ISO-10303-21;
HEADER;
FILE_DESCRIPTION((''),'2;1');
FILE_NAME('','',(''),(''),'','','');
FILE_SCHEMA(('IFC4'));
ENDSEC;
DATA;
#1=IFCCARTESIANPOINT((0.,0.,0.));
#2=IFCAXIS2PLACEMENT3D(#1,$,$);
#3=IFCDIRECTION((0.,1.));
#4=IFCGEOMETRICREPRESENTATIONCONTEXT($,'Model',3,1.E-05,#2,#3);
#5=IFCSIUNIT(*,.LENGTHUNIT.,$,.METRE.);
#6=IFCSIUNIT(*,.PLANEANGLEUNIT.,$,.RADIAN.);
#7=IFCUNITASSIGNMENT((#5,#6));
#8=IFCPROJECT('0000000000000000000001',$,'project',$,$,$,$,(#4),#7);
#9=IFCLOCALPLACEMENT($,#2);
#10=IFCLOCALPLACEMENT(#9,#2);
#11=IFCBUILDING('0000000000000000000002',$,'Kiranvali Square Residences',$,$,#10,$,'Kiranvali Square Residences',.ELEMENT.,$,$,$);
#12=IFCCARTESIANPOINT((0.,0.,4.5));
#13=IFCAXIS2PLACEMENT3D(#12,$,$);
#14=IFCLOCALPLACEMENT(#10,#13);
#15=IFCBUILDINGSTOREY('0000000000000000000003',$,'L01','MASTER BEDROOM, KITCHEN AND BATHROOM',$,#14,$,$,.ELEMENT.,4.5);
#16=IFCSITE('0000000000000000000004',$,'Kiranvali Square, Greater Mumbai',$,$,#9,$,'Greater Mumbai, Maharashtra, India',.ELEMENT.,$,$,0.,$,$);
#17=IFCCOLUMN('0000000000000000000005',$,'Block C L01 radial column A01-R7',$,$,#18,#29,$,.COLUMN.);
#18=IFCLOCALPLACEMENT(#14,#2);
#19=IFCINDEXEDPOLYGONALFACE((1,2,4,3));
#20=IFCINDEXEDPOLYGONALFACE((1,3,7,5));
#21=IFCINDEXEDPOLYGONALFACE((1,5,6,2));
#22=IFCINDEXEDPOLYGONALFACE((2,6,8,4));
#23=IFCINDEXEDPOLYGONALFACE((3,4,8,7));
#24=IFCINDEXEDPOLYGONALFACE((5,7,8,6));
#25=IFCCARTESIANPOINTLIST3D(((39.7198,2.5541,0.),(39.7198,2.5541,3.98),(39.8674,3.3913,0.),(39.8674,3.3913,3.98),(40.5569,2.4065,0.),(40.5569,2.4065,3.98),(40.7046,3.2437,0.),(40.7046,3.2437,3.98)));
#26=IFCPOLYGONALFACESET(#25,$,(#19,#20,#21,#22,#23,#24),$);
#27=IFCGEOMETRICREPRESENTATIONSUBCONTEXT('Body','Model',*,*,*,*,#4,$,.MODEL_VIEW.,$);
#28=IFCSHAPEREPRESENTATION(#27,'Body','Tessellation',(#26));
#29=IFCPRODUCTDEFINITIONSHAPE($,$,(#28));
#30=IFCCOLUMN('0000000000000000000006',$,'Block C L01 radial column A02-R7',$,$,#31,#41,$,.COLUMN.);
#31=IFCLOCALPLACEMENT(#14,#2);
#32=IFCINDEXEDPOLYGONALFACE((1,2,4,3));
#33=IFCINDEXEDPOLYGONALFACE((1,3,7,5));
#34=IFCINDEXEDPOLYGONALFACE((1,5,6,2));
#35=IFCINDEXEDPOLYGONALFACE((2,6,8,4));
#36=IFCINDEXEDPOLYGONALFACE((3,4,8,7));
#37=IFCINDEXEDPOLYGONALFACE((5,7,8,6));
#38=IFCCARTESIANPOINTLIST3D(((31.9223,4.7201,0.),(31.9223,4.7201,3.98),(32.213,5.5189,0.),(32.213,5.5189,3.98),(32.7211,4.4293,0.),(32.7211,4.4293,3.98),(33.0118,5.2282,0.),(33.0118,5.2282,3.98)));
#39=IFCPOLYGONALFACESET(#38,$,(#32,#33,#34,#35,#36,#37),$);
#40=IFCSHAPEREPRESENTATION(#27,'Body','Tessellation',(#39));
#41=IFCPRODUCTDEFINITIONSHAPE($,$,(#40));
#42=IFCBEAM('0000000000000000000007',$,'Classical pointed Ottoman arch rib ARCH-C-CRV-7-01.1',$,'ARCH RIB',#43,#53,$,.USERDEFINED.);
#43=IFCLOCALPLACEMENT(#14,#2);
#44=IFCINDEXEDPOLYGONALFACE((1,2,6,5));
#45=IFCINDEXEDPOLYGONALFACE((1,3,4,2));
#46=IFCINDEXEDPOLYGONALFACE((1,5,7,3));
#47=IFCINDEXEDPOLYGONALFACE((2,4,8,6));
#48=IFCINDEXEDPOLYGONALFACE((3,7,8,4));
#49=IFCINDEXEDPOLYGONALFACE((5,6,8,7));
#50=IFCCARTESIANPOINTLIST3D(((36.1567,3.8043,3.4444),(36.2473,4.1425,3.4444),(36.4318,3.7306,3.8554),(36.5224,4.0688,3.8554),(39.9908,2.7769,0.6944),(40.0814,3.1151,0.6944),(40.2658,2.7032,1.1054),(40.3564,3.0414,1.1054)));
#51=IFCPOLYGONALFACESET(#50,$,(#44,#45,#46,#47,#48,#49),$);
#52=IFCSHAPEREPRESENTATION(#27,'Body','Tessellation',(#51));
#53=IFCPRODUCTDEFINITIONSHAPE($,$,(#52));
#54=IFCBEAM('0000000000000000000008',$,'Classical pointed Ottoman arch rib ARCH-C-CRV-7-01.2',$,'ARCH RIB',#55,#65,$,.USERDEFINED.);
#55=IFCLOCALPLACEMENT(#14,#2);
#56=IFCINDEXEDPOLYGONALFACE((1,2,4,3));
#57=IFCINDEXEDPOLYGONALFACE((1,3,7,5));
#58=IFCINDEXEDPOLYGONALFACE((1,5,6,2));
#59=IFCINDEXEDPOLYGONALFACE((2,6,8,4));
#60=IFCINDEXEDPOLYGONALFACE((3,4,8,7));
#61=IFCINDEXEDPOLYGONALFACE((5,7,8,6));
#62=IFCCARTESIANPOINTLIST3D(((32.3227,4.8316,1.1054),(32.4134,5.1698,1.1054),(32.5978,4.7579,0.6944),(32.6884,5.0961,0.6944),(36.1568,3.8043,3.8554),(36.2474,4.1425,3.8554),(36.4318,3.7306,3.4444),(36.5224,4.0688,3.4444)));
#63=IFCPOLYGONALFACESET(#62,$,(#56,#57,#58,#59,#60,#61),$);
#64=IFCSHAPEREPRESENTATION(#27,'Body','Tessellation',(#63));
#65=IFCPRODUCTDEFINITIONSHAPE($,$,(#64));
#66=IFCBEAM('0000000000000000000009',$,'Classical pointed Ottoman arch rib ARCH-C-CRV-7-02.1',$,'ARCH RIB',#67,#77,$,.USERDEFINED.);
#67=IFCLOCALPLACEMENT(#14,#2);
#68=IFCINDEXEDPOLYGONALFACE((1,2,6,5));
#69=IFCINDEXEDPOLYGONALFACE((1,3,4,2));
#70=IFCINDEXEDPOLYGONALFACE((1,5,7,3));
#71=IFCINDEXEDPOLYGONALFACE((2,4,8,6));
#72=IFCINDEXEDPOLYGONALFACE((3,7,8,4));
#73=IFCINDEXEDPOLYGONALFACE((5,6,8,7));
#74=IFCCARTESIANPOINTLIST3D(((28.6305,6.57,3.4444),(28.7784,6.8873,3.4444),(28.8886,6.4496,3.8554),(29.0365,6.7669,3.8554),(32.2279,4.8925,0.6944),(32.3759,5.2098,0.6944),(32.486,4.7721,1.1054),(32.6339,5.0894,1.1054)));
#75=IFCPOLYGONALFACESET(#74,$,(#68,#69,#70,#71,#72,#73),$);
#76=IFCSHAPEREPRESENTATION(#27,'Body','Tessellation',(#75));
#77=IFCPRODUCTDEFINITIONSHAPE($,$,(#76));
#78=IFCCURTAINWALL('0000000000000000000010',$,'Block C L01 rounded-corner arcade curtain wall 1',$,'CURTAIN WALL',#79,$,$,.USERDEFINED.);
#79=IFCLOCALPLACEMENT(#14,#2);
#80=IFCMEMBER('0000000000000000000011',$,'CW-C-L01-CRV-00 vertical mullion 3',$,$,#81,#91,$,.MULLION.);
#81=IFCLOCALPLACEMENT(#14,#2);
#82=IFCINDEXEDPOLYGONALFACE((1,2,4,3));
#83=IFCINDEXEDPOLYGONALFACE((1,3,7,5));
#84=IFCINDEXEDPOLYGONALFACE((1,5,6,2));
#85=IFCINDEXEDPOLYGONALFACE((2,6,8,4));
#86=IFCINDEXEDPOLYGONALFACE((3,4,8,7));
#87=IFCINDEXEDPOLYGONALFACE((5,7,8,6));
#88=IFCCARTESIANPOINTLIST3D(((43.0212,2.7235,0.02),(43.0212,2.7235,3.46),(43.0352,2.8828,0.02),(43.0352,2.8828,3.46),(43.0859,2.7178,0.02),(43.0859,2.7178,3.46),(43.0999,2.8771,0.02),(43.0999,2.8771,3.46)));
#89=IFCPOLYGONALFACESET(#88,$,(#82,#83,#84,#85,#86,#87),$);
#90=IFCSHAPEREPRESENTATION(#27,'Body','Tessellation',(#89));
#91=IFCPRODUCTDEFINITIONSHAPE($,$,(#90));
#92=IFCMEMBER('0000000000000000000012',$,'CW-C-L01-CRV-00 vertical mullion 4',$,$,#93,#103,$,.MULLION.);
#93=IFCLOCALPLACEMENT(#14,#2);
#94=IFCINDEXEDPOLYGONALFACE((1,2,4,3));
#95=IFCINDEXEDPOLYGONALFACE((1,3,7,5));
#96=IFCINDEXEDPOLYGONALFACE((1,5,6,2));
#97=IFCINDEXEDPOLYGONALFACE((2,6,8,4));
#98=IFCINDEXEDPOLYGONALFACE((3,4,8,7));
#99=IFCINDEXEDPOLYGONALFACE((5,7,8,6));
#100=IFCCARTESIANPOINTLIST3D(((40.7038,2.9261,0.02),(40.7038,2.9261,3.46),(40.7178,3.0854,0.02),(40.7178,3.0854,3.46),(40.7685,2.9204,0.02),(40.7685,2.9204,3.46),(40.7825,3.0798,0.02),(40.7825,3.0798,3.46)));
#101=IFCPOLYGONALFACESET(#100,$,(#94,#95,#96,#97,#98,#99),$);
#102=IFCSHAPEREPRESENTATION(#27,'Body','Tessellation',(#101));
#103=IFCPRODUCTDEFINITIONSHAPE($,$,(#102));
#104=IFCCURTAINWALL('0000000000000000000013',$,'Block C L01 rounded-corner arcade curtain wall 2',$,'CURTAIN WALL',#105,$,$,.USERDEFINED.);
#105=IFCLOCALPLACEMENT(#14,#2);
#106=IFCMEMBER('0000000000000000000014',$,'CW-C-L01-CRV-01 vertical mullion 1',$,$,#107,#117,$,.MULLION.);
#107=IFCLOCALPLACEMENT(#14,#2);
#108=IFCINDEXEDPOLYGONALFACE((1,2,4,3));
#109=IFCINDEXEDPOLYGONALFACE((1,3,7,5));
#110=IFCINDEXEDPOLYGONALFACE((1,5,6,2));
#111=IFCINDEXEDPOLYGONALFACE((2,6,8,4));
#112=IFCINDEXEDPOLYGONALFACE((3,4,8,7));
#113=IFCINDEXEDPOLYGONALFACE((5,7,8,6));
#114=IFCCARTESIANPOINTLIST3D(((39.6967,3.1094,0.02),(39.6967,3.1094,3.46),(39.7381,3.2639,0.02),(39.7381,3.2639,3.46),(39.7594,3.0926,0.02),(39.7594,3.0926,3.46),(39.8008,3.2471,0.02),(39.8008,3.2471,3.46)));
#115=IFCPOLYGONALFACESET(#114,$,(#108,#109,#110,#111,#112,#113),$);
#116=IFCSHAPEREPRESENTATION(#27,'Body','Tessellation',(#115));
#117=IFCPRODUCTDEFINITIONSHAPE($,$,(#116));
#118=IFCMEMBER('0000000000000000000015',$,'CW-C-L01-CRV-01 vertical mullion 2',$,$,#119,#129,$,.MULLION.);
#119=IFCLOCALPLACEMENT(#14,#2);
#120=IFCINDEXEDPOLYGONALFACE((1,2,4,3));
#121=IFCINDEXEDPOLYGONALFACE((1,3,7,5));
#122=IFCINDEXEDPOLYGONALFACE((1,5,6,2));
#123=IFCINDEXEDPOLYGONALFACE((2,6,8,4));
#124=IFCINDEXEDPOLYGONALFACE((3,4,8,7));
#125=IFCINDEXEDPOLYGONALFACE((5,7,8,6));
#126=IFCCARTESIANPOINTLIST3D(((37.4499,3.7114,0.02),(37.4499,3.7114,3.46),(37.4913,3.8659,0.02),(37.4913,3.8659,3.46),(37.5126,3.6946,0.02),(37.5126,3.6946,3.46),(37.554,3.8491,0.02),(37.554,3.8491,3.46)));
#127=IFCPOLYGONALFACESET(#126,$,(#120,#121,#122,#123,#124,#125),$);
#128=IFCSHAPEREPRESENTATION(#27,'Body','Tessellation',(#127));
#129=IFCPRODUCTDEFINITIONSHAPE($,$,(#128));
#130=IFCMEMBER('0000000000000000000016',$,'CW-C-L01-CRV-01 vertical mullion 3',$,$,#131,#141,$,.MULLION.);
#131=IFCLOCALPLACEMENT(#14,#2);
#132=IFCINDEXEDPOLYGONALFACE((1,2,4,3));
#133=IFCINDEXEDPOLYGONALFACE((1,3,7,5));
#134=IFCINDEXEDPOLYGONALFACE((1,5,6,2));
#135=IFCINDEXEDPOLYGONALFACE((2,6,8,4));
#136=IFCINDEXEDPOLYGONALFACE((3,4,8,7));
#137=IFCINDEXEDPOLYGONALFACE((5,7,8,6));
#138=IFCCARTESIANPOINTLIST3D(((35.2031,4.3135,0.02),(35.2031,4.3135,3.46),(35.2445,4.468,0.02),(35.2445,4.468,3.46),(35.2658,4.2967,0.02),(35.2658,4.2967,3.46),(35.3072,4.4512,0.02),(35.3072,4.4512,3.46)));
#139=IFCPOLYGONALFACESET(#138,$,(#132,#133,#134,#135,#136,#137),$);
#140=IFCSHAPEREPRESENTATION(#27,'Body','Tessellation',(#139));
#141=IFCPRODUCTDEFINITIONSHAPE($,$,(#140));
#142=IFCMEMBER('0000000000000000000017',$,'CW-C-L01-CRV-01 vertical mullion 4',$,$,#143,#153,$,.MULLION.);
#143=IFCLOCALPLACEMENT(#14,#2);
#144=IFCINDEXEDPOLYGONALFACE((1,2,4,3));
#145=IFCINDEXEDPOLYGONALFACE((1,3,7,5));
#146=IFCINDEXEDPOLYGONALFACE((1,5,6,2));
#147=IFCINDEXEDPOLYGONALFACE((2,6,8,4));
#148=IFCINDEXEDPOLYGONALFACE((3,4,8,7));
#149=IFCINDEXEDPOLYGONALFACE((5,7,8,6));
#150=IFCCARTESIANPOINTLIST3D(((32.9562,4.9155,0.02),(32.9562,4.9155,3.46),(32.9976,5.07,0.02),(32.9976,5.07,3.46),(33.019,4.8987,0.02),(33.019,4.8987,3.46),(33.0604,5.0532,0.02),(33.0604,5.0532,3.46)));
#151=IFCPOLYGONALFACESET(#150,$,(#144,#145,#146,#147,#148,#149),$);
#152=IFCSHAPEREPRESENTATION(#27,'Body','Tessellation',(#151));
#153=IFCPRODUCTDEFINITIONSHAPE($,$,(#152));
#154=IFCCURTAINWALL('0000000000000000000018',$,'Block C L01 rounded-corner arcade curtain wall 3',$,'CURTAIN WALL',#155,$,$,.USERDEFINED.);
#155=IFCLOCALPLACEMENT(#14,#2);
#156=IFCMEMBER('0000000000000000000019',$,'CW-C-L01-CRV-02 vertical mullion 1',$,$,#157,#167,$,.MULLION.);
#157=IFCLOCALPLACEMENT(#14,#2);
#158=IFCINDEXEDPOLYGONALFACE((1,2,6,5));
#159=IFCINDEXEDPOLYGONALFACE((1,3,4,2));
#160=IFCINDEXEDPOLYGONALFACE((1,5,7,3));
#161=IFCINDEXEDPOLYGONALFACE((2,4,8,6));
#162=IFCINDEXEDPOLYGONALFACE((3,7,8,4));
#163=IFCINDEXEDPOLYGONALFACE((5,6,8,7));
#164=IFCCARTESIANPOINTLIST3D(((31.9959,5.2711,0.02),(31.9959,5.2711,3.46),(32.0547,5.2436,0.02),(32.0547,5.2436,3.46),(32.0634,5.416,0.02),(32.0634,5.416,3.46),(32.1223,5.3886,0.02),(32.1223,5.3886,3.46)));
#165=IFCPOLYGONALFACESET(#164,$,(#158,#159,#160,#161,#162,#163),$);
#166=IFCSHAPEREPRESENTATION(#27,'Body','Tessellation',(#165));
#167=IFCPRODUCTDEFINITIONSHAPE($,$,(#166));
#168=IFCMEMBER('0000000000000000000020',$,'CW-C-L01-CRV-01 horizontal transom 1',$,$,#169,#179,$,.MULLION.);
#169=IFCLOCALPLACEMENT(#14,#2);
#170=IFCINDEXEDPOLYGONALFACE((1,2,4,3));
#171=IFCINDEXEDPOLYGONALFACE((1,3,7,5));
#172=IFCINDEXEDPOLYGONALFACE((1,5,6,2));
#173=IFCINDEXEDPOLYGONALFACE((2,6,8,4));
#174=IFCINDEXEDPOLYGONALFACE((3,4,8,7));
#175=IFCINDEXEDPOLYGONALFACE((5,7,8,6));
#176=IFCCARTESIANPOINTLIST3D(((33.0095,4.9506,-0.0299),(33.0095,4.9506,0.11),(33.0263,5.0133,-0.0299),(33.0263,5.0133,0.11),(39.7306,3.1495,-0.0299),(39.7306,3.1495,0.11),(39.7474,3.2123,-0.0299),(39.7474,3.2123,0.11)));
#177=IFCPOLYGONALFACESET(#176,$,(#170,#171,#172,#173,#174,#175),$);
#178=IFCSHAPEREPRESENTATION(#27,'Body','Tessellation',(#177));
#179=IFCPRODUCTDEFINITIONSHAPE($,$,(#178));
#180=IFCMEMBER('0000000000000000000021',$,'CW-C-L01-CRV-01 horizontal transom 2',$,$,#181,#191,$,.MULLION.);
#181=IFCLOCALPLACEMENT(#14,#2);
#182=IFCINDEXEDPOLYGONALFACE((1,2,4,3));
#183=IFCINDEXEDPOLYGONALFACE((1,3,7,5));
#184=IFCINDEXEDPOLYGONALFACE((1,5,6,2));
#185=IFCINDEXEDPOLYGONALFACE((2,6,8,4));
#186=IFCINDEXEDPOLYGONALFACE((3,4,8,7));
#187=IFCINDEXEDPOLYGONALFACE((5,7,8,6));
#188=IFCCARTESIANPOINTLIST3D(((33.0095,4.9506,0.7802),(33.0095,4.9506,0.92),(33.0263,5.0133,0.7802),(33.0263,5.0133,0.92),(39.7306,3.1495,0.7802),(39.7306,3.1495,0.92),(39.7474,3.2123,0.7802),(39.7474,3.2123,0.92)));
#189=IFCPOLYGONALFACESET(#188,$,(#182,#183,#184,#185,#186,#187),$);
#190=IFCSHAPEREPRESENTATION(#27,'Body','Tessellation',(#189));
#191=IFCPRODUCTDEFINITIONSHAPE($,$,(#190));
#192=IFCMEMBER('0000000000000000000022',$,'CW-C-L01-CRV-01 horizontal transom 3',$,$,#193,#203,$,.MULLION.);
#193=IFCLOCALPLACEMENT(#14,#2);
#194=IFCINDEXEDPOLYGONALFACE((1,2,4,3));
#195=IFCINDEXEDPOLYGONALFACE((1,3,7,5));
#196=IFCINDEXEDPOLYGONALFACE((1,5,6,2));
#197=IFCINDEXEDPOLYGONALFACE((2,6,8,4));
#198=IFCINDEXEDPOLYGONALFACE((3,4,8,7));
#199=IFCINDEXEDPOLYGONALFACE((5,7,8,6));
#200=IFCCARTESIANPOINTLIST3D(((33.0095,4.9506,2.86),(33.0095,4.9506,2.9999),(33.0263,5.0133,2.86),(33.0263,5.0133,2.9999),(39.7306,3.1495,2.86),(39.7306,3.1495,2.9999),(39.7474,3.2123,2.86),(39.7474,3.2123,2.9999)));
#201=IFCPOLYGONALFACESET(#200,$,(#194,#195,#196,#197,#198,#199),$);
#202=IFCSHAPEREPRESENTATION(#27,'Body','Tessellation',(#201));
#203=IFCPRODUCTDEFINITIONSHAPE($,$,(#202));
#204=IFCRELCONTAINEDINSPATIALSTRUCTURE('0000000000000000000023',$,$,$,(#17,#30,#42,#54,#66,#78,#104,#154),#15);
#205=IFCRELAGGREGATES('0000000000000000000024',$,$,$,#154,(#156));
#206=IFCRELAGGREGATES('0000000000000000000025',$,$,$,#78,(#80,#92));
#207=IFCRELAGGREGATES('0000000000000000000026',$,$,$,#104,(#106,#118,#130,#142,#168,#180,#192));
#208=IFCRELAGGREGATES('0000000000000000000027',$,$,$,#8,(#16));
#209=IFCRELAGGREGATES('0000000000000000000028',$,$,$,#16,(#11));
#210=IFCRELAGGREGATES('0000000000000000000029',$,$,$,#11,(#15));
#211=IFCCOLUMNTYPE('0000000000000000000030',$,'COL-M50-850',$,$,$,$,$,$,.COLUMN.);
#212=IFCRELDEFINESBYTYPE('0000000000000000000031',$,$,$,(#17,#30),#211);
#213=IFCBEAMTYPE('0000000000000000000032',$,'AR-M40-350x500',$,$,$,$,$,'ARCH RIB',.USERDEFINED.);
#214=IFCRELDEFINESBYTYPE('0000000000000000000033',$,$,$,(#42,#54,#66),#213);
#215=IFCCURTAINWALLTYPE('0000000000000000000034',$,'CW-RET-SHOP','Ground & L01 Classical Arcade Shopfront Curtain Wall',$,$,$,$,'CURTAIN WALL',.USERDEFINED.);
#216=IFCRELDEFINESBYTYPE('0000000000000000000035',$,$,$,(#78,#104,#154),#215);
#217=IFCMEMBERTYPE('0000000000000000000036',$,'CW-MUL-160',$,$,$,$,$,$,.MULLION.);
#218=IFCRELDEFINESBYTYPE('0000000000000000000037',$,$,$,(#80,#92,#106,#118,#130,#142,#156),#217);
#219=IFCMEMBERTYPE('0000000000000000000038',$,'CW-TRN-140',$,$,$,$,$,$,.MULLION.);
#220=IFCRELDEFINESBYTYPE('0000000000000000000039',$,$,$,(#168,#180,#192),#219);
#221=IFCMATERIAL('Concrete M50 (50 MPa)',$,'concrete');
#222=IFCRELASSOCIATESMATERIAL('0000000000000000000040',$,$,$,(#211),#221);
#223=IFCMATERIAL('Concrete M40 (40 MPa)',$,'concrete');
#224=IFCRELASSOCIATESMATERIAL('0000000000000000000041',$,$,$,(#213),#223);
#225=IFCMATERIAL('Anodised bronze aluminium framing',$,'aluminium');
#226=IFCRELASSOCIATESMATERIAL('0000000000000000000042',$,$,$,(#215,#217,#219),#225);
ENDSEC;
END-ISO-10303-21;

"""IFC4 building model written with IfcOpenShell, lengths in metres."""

from ifc_helpers import new_model, si_unit, direction, frame, origin, origin_2d, place, context, subcontext, project, spatial, rectangle, extrude, material, material_profile, profile_set, type_object, element, aggregate, save


model = new_model("IFC4")

# Units and contexts
model_context = context("Model", 3, precision=1e-05, world=origin(), true_north=direction((0.0, 1.0)))
body_context = subcontext(model_context, "Body", "Model", "MODEL_VIEW")
ifc_project = project(units=[si_unit("LENGTHUNIT", "METRE"), si_unit("PLANEANGLEUNIT", "RADIAN")], contexts=[model_context])

# Site, building, storey
site_placement = place(None, origin())
site = spatial("IfcSite", under=ifc_project, at=site_placement, Name="Kiranvali Square, Greater Mumbai", LongName="Greater Mumbai, Maharashtra, India", CompositionType="ELEMENT", RefElevation=0.0)
building_placement = place(site_placement, origin())
building = spatial("IfcBuilding", under=site, at=building_placement, Name="Kiranvali Square Residences", LongName="Kiranvali Square Residences", CompositionType="ELEMENT")
storey_placement = place(building_placement, frame((0.0, 0.0, 4.5)))
storey = spatial("IfcBuildingStorey", under=building, at=storey_placement, Name="L01", Description="MASTER BEDROOM, KITCHEN AND BATHROOM", CompositionType="ELEMENT", Elevation=4.5)

# Columns
ifc_material_1 = material(Name="Concrete M50 (50 MPa)", Category="concrete")
ifc_material_profile_1 = material_profile(ifc_material_1, rectangle(XDim=0.8501, YDim=0.8501, at=origin_2d()), Name="RC 850x850")
ifc_profile_set_1 = profile_set([ifc_material_profile_1], Name="Concrete M50 (50 MPa)")
column_type = type_object("IfcColumnType", Name="COL-M50-850", PredefinedType="COLUMN", material=ifc_profile_set_1)
for number, where, z_axis, x_axis, name in (
    (1, (40.2122, 2.8989, 0.0), (0.0, 0.0, 1.0), (-0.984808, 0.173648, 0.0), "Block C L01 radial column A01-R7"),
    (2, (32.467, 4.9741, 0.0), (0.0, 0.0, 1.0), (-0.939693, 0.34202, 0.0), "Block C L01 radial column A02-R7"),
):
    element("IfcColumn", number, at=place(storey_placement, frame(where, z_axis=z_axis, x_axis=x_axis)), inside=storey, type_object=column_type, Name=name, PredefinedType="COLUMN", context=body_context, shape_type="SweptSolid", body=[
        extrude(rectangle(XDim=0.8501, YDim=0.8501, at=origin_2d()), origin(), (0.0, 0.0, 1.0), 3.98),
    ])

# Beams
ifc_material_2 = material(Name="Concrete M40 (40 MPa)", Category="concrete")
ifc_material_profile_2 = material_profile(ifc_material_2, rectangle(XDim=0.3501, YDim=0.5, at=origin_2d()), Name="RC 350x500")
ifc_profile_set_2 = profile_set([ifc_material_profile_2], Name="Concrete M40 (40 MPa)")
beam_type_1 = type_object("IfcBeamType", Name="AR-M40-350x500", ElementType="ARCH RIB", PredefinedType="USERDEFINED", material=ifc_profile_set_2)
for number, where, z_axis, x_axis, name in (
    (3, (40.1736, 2.9092, 0.8999), (-0.793982, 0.212753, 0.569499), (-0.258826, -0.965924, 0.0), "Classical pointed Ottoman arch rib ARCH-C-CRV-7-01.1"),
    (4, (36.3396, 3.9365, 3.6499), (-0.793982, 0.212753, -0.569499), (-0.258826, -0.965924, 0.0), "Classical pointed Ottoman arch rib ARCH-C-CRV-7-01.2"),
    (5, (32.4309, 4.991, 0.8999), (-0.744982, 0.347389, 0.569493), (-0.422616, -0.906309, 0.0), "Classical pointed Ottoman arch rib ARCH-C-CRV-7-02.1"),
):
    element("IfcBeam", number, at=place(storey_placement, frame(where, z_axis=z_axis, x_axis=x_axis)), inside=storey, type_object=beam_type_1, Name=name, ObjectType="ARCH RIB", PredefinedType="USERDEFINED", context=body_context, shape_type="SweptSolid", body=[
        extrude(rectangle(XDim=0.3501, YDim=0.5, at=origin_2d()), origin(), (0.0, 0.0, 1.0), 4.8289),
    ])

# Curtain walls, members
ifc_material_3 = material(Name="Anodised bronze aluminium framing", Category="aluminium")
curtain_wall_type = type_object("IfcCurtainWallType", Name="CW-RET-SHOP", Description="Ground & L01 Classical Arcade Shopfront Curtain Wall", ElementType="CURTAIN WALL", PredefinedType="USERDEFINED", material=ifc_material_3)
curtain_wall_1_placement = place(storey_placement, origin())
curtain_wall_1 = element("IfcCurtainWall", 6, at=curtain_wall_1_placement, inside=storey, type_object=curtain_wall_type, Name="Block C L01 rounded-corner arcade curtain wall 1", ObjectType="CURTAIN WALL", PredefinedType="USERDEFINED")
ifc_material_profile_3 = material_profile(ifc_material_3, rectangle(XDim=0.0649, YDim=0.1599, at=origin_2d()), Name="ALU 65x160")
ifc_profile_set_3 = profile_set([ifc_material_profile_3], Name="Anodised bronze aluminium framing")
member_type_1 = type_object("IfcMemberType", Name="CW-MUL-160", PredefinedType="MULLION", material=ifc_profile_set_3)
member_1_placement = place(storey_placement, frame((43.0605, 2.8003, 0.02), z_axis=(0.0, 0.0, 1.0), x_axis=(-0.996195, 0.087156, 0.0)))
member_1 = element("IfcMember", 7, at=member_1_placement, type_object=member_type_1, Name="CW-C-L01-CRV-00 vertical mullion 3", PredefinedType="MULLION", context=body_context, shape_type="SweptSolid", body=[
    extrude(rectangle(XDim=0.0649, YDim=0.1599, at=origin_2d()), origin(), (0.0, 0.0, 1.0), 3.4399),
])
member_2_placement = place(storey_placement, frame((40.7432, 3.0029, 0.02), z_axis=(0.0, 0.0, 1.0), x_axis=(-0.996195, 0.087156, 0.0)))
member_2 = element("IfcMember", 8, at=member_2_placement, type_object=member_type_1, Name="CW-C-L01-CRV-00 vertical mullion 4", PredefinedType="MULLION", context=body_context, shape_type="SweptSolid", body=[
    extrude(rectangle(XDim=0.0649, YDim=0.1599, at=origin_2d()), origin(), (0.0, 0.0, 1.0), 3.4399),
])
curtain_wall_2_placement = place(storey_placement, origin())
curtain_wall_2 = element("IfcCurtainWall", 9, at=curtain_wall_2_placement, inside=storey, type_object=curtain_wall_type, Name="Block C L01 rounded-corner arcade curtain wall 2", ObjectType="CURTAIN WALL", PredefinedType="USERDEFINED")
member_3_placement = place(storey_placement, frame((39.7488, 3.1782, 0.02), z_axis=(0.0, 0.0, 1.0), x_axis=(-0.965926, 0.258819, 0.0)))
member_3 = element("IfcMember", 10, at=member_3_placement, type_object=member_type_1, Name="CW-C-L01-CRV-01 vertical mullion 1", PredefinedType="MULLION", context=body_context, shape_type="SweptSolid", body=[
    extrude(rectangle(XDim=0.0649, YDim=0.1599, at=origin_2d()), origin(), (0.0, 0.0, 1.0), 3.4399),
])
member_4_placement = place(storey_placement, frame((37.502, 3.7803, 0.02), z_axis=(0.0, 0.0, 1.0), x_axis=(-0.965926, 0.258819, 0.0)))
member_4 = element("IfcMember", 11, at=member_4_placement, type_object=member_type_1, Name="CW-C-L01-CRV-01 vertical mullion 2", PredefinedType="MULLION", context=body_context, shape_type="SweptSolid", body=[
    extrude(rectangle(XDim=0.0649, YDim=0.1599, at=origin_2d()), origin(), (0.0, 0.0, 1.0), 3.4399),
])
member_5_placement = place(storey_placement, frame((35.2551, 4.3823, 0.02), z_axis=(0.0, 0.0, 1.0), x_axis=(-0.965926, 0.258819, 0.0)))
member_5 = element("IfcMember", 12, at=member_5_placement, type_object=member_type_1, Name="CW-C-L01-CRV-01 vertical mullion 3", PredefinedType="MULLION", context=body_context, shape_type="SweptSolid", body=[
    extrude(rectangle(XDim=0.0649, YDim=0.1599, at=origin_2d()), origin(), (0.0, 0.0, 1.0), 3.4399),
])
member_6_placement = place(storey_placement, frame((33.0083, 4.9844, 0.02), z_axis=(0.0, 0.0, 1.0), x_axis=(-0.965926, 0.258819, 0.0)))
member_6 = element("IfcMember", 13, at=member_6_placement, type_object=member_type_1, Name="CW-C-L01-CRV-01 vertical mullion 4", PredefinedType="MULLION", context=body_context, shape_type="SweptSolid", body=[
    extrude(rectangle(XDim=0.0649, YDim=0.1599, at=origin_2d()), origin(), (0.0, 0.0, 1.0), 3.4399),
])

# Curtain wall, member
curtain_wall_3_placement = place(storey_placement, origin())
curtain_wall_3 = element("IfcCurtainWall", 14, at=curtain_wall_3_placement, inside=storey, type_object=curtain_wall_type, Name="Block C L01 rounded-corner arcade curtain wall 3", ObjectType="CURTAIN WALL", PredefinedType="USERDEFINED")
member_7_placement = place(storey_placement, frame((32.0591, 5.3298, 0.02), z_axis=(0.0, 0.0, 1.0), x_axis=(-0.906308, 0.422618, 0.0)))
member_7 = element("IfcMember", 15, at=member_7_placement, type_object=member_type_1, Name="CW-C-L01-CRV-02 vertical mullion 1", PredefinedType="MULLION", context=body_context, shape_type="SweptSolid", body=[
    extrude(rectangle(XDim=0.0649, YDim=0.1599, at=origin_2d()), origin(), (0.0, 0.0, 1.0), 3.4399),
])
aggregate(curtain_wall_3, [member_7])

# Members
ifc_material_profile_4 = material_profile(ifc_material_3, rectangle(XDim=0.0649, YDim=0.1399, at=origin_2d()), Name="ALU 65x140")
ifc_profile_set_4 = profile_set([ifc_material_profile_4], Name="Anodised bronze aluminium framing")
member_type_2 = type_object("IfcMemberType", Name="CW-TRN-140", PredefinedType="MULLION", material=ifc_profile_set_4)
member_8_placement = place(storey_placement, frame((39.739, 3.1809, 0.04), z_axis=(-0.965923, 0.258831, 0.0), x_axis=(-0.258831, -0.965923, 0.0)))
member_8 = element("IfcMember", 16, at=member_8_placement, type_object=member_type_2, Name="CW-C-L01-CRV-01 horizontal transom 1", PredefinedType="MULLION", context=body_context, shape_type="SweptSolid", body=[
    extrude(rectangle(XDim=0.0649, YDim=0.1399, at=origin_2d()), origin(), (0.0, 0.0, 1.0), 6.9583),
])
member_9_placement = place(storey_placement, frame((39.739, 3.1809, 0.8501), z_axis=(-0.965923, 0.258831, 0.0), x_axis=(-0.258831, -0.965923, 0.0)))
member_9 = element("IfcMember", 17, at=member_9_placement, type_object=member_type_2, Name="CW-C-L01-CRV-01 horizontal transom 2", PredefinedType="MULLION", context=body_context, shape_type="SweptSolid", body=[
    extrude(rectangle(XDim=0.0649, YDim=0.1399, at=origin_2d()), origin(), (0.0, 0.0, 1.0), 6.9583),
])
member_10_placement = place(storey_placement, frame((39.739, 3.1809, 2.9299), z_axis=(-0.965923, 0.258831, 0.0), x_axis=(-0.258831, -0.965923, 0.0)))
member_10 = element("IfcMember", 18, at=member_10_placement, type_object=member_type_2, Name="CW-C-L01-CRV-01 horizontal transom 3", PredefinedType="MULLION", context=body_context, shape_type="SweptSolid", body=[
    extrude(rectangle(XDim=0.0649, YDim=0.1399, at=origin_2d()), origin(), (0.0, 0.0, 1.0), 6.9583),
])

aggregate(curtain_wall_1, [member_1, member_2])
aggregate(curtain_wall_2, [member_3, member_4, member_5, member_6, member_8, member_9, member_10])

save(model, "model.ifc")
